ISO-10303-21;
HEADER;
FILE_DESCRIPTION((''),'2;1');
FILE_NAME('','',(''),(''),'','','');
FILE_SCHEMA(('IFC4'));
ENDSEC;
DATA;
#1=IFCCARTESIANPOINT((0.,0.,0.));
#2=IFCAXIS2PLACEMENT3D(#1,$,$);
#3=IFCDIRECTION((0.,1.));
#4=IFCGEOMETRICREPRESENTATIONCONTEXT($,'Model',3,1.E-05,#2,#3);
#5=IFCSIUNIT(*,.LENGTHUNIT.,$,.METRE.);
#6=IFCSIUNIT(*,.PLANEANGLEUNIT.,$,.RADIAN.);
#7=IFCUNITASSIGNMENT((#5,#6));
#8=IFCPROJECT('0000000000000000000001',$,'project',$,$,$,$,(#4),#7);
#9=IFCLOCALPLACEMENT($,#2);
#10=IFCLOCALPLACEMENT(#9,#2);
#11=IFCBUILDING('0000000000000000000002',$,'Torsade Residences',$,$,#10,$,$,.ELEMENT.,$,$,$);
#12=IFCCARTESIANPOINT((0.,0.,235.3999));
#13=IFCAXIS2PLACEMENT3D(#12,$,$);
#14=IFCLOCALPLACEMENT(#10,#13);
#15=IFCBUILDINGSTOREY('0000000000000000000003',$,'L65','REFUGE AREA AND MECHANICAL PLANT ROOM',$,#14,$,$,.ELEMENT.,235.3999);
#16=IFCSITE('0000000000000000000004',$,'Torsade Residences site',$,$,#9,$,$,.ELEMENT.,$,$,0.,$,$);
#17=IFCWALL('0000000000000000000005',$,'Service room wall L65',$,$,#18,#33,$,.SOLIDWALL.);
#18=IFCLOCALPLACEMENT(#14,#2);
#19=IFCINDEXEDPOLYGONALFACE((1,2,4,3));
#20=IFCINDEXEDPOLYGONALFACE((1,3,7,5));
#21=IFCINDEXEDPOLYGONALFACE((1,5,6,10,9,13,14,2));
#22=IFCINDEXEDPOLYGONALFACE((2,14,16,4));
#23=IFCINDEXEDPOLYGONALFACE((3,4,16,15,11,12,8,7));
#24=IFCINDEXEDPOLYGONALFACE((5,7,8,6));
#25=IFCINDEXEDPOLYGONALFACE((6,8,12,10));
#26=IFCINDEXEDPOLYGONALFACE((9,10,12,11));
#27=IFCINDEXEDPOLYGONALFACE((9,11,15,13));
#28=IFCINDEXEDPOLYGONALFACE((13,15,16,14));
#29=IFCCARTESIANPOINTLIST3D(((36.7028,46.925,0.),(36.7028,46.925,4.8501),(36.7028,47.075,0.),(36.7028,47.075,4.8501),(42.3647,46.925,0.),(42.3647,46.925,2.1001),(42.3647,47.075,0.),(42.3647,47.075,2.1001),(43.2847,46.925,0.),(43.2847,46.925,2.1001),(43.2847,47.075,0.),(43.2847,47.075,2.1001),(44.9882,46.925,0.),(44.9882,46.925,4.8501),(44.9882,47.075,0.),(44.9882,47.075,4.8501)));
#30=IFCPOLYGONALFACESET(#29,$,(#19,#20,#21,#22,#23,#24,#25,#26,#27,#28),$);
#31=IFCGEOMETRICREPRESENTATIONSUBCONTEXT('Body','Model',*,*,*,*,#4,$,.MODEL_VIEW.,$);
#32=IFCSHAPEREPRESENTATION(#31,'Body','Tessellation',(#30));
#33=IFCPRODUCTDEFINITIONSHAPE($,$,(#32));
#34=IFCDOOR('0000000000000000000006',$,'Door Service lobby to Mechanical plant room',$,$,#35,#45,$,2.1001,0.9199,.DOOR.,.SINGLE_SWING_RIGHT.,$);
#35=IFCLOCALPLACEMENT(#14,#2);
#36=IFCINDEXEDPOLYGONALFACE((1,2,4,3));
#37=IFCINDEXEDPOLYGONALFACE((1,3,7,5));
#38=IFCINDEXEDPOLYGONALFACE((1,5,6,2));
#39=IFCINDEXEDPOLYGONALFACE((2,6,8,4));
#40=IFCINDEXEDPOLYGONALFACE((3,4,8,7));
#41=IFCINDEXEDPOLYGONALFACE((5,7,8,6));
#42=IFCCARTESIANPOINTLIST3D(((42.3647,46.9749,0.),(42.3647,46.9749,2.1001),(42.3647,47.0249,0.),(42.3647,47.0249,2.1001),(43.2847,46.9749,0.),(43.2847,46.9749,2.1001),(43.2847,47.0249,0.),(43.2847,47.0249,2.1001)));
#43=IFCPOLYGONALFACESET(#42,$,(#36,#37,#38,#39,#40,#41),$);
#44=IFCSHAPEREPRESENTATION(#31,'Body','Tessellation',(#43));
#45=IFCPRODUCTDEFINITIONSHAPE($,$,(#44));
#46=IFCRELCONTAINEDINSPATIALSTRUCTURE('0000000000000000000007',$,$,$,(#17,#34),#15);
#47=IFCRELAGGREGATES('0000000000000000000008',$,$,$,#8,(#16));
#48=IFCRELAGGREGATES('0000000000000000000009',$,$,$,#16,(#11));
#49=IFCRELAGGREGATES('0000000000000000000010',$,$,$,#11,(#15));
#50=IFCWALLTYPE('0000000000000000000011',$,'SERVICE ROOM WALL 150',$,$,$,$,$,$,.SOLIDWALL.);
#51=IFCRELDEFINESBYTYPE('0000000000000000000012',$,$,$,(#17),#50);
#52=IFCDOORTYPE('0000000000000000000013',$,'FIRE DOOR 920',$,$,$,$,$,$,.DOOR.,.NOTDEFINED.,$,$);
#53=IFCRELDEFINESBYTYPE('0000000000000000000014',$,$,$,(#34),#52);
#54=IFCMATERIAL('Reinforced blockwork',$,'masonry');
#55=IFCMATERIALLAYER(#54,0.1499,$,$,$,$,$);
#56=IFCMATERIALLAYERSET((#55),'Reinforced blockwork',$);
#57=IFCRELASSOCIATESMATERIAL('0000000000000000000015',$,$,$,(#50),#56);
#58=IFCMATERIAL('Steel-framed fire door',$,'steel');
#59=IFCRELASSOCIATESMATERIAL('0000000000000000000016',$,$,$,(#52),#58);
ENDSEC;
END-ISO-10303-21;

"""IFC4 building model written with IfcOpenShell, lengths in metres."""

from ifc_helpers import new_model, si_unit, direction, frame, frame_2d, origin, place, context, subcontext, project, spatial, rectangle, extrude, material, layer, layer_set, type_object, element, fill, save


model = new_model("IFC4")

# Units and contexts
model_context = context("Model", 3, precision=1e-05, world=origin(), true_north=direction((0.0, 1.0)))
body_context = subcontext(model_context, "Body", "Model", "MODEL_VIEW")
ifc_project = project(units=[si_unit("LENGTHUNIT", "METRE"), si_unit("PLANEANGLEUNIT", "RADIAN")], contexts=[model_context])

# Site, building, storey
site_placement = place(None, origin())
site = spatial("IfcSite", under=ifc_project, at=site_placement, Name="Torsade Residences site", CompositionType="ELEMENT", RefElevation=0.0)
building_placement = place(site_placement, origin())
building = spatial("IfcBuilding", under=site, at=building_placement, Name="Torsade Residences", CompositionType="ELEMENT")
storey_placement = place(building_placement, frame((0.0, 0.0, 235.3999)))
storey = spatial("IfcBuildingStorey", under=building, at=storey_placement, Name="L65", Description="REFUGE AREA AND MECHANICAL PLANT ROOM", CompositionType="ELEMENT", Elevation=235.3999)

# Wall, opening, door
ifc_material_1 = material(Name="Reinforced blockwork", Category="masonry")
ifc_layer_1 = layer(ifc_material_1, 0.1499)
ifc_layer_set_1 = layer_set([ifc_layer_1], Name="Reinforced blockwork")
wall_type_1 = type_object("IfcWallType", Name="SERVICE ROOM WALL 150", PredefinedType="SOLIDWALL", material=ifc_layer_set_1)
wall_1_placement = place(storey_placement, frame((36.7029, 47.0, 0.0), z_axis=(0.0, 0.0, 1.0), x_axis=(1.0, 0.0, 0.0)))
wall_1 = element("IfcWall", 1, at=wall_1_placement, inside=storey, type_object=wall_type_1, Name="Service room wall L65", PredefinedType="SOLIDWALL", context=body_context, shape_type="SweptSolid", body=[
    extrude(rectangle(XDim=8.2854, YDim=0.1499, at=frame_2d((4.1426, 0.0))), origin(), (0.0, 0.0, 1.0), 4.8501),
])
opening_placement = place(wall_1_placement, frame((5.6619, 0.0, 0.0)))
opening = element("IfcOpeningElement", 2, at=opening_placement, cuts=wall_1, PredefinedType="OPENING", context=body_context, shape_type="SweptSolid", body=[
    extrude(rectangle(XDim=0.9199, YDim=2.1001, at=frame_2d((0.46, 1.05))), frame((0.0, 0.085, 0.0), z_axis=(0.0, -1.0, 0.0), x_axis=(1.0, 0.0, 0.0)), (0.0, 0.0, 1.0), 0.1699),
])
ifc_material_2 = material(Name="Steel-framed fire door", Category="steel")
door_type = type_object("IfcDoorType", Name="FIRE DOOR 920", OperationType="NOTDEFINED", PredefinedType="DOOR", material=ifc_material_2)
door_placement = place(opening_placement, origin())
door = element("IfcDoor", 3, at=door_placement, inside=storey, type_object=door_type, Name="Door Service lobby to Mechanical plant room", OperationType="SINGLE_SWING_RIGHT", OverallHeight=2.1001, OverallWidth=0.9199, PredefinedType="DOOR", context=body_context, shape_type="SweptSolid", body=[
    extrude(rectangle(XDim=0.9199, YDim=2.1001, at=frame_2d((0.46, 1.05))), frame((0.0, 0.0249, 0.0), z_axis=(0.0, -1.0, 0.0), x_axis=(1.0, 0.0, 0.0)), (0.0, 0.0, 1.0), 0.05),
])
fill(opening, door)

save(model, "model.ifc")
